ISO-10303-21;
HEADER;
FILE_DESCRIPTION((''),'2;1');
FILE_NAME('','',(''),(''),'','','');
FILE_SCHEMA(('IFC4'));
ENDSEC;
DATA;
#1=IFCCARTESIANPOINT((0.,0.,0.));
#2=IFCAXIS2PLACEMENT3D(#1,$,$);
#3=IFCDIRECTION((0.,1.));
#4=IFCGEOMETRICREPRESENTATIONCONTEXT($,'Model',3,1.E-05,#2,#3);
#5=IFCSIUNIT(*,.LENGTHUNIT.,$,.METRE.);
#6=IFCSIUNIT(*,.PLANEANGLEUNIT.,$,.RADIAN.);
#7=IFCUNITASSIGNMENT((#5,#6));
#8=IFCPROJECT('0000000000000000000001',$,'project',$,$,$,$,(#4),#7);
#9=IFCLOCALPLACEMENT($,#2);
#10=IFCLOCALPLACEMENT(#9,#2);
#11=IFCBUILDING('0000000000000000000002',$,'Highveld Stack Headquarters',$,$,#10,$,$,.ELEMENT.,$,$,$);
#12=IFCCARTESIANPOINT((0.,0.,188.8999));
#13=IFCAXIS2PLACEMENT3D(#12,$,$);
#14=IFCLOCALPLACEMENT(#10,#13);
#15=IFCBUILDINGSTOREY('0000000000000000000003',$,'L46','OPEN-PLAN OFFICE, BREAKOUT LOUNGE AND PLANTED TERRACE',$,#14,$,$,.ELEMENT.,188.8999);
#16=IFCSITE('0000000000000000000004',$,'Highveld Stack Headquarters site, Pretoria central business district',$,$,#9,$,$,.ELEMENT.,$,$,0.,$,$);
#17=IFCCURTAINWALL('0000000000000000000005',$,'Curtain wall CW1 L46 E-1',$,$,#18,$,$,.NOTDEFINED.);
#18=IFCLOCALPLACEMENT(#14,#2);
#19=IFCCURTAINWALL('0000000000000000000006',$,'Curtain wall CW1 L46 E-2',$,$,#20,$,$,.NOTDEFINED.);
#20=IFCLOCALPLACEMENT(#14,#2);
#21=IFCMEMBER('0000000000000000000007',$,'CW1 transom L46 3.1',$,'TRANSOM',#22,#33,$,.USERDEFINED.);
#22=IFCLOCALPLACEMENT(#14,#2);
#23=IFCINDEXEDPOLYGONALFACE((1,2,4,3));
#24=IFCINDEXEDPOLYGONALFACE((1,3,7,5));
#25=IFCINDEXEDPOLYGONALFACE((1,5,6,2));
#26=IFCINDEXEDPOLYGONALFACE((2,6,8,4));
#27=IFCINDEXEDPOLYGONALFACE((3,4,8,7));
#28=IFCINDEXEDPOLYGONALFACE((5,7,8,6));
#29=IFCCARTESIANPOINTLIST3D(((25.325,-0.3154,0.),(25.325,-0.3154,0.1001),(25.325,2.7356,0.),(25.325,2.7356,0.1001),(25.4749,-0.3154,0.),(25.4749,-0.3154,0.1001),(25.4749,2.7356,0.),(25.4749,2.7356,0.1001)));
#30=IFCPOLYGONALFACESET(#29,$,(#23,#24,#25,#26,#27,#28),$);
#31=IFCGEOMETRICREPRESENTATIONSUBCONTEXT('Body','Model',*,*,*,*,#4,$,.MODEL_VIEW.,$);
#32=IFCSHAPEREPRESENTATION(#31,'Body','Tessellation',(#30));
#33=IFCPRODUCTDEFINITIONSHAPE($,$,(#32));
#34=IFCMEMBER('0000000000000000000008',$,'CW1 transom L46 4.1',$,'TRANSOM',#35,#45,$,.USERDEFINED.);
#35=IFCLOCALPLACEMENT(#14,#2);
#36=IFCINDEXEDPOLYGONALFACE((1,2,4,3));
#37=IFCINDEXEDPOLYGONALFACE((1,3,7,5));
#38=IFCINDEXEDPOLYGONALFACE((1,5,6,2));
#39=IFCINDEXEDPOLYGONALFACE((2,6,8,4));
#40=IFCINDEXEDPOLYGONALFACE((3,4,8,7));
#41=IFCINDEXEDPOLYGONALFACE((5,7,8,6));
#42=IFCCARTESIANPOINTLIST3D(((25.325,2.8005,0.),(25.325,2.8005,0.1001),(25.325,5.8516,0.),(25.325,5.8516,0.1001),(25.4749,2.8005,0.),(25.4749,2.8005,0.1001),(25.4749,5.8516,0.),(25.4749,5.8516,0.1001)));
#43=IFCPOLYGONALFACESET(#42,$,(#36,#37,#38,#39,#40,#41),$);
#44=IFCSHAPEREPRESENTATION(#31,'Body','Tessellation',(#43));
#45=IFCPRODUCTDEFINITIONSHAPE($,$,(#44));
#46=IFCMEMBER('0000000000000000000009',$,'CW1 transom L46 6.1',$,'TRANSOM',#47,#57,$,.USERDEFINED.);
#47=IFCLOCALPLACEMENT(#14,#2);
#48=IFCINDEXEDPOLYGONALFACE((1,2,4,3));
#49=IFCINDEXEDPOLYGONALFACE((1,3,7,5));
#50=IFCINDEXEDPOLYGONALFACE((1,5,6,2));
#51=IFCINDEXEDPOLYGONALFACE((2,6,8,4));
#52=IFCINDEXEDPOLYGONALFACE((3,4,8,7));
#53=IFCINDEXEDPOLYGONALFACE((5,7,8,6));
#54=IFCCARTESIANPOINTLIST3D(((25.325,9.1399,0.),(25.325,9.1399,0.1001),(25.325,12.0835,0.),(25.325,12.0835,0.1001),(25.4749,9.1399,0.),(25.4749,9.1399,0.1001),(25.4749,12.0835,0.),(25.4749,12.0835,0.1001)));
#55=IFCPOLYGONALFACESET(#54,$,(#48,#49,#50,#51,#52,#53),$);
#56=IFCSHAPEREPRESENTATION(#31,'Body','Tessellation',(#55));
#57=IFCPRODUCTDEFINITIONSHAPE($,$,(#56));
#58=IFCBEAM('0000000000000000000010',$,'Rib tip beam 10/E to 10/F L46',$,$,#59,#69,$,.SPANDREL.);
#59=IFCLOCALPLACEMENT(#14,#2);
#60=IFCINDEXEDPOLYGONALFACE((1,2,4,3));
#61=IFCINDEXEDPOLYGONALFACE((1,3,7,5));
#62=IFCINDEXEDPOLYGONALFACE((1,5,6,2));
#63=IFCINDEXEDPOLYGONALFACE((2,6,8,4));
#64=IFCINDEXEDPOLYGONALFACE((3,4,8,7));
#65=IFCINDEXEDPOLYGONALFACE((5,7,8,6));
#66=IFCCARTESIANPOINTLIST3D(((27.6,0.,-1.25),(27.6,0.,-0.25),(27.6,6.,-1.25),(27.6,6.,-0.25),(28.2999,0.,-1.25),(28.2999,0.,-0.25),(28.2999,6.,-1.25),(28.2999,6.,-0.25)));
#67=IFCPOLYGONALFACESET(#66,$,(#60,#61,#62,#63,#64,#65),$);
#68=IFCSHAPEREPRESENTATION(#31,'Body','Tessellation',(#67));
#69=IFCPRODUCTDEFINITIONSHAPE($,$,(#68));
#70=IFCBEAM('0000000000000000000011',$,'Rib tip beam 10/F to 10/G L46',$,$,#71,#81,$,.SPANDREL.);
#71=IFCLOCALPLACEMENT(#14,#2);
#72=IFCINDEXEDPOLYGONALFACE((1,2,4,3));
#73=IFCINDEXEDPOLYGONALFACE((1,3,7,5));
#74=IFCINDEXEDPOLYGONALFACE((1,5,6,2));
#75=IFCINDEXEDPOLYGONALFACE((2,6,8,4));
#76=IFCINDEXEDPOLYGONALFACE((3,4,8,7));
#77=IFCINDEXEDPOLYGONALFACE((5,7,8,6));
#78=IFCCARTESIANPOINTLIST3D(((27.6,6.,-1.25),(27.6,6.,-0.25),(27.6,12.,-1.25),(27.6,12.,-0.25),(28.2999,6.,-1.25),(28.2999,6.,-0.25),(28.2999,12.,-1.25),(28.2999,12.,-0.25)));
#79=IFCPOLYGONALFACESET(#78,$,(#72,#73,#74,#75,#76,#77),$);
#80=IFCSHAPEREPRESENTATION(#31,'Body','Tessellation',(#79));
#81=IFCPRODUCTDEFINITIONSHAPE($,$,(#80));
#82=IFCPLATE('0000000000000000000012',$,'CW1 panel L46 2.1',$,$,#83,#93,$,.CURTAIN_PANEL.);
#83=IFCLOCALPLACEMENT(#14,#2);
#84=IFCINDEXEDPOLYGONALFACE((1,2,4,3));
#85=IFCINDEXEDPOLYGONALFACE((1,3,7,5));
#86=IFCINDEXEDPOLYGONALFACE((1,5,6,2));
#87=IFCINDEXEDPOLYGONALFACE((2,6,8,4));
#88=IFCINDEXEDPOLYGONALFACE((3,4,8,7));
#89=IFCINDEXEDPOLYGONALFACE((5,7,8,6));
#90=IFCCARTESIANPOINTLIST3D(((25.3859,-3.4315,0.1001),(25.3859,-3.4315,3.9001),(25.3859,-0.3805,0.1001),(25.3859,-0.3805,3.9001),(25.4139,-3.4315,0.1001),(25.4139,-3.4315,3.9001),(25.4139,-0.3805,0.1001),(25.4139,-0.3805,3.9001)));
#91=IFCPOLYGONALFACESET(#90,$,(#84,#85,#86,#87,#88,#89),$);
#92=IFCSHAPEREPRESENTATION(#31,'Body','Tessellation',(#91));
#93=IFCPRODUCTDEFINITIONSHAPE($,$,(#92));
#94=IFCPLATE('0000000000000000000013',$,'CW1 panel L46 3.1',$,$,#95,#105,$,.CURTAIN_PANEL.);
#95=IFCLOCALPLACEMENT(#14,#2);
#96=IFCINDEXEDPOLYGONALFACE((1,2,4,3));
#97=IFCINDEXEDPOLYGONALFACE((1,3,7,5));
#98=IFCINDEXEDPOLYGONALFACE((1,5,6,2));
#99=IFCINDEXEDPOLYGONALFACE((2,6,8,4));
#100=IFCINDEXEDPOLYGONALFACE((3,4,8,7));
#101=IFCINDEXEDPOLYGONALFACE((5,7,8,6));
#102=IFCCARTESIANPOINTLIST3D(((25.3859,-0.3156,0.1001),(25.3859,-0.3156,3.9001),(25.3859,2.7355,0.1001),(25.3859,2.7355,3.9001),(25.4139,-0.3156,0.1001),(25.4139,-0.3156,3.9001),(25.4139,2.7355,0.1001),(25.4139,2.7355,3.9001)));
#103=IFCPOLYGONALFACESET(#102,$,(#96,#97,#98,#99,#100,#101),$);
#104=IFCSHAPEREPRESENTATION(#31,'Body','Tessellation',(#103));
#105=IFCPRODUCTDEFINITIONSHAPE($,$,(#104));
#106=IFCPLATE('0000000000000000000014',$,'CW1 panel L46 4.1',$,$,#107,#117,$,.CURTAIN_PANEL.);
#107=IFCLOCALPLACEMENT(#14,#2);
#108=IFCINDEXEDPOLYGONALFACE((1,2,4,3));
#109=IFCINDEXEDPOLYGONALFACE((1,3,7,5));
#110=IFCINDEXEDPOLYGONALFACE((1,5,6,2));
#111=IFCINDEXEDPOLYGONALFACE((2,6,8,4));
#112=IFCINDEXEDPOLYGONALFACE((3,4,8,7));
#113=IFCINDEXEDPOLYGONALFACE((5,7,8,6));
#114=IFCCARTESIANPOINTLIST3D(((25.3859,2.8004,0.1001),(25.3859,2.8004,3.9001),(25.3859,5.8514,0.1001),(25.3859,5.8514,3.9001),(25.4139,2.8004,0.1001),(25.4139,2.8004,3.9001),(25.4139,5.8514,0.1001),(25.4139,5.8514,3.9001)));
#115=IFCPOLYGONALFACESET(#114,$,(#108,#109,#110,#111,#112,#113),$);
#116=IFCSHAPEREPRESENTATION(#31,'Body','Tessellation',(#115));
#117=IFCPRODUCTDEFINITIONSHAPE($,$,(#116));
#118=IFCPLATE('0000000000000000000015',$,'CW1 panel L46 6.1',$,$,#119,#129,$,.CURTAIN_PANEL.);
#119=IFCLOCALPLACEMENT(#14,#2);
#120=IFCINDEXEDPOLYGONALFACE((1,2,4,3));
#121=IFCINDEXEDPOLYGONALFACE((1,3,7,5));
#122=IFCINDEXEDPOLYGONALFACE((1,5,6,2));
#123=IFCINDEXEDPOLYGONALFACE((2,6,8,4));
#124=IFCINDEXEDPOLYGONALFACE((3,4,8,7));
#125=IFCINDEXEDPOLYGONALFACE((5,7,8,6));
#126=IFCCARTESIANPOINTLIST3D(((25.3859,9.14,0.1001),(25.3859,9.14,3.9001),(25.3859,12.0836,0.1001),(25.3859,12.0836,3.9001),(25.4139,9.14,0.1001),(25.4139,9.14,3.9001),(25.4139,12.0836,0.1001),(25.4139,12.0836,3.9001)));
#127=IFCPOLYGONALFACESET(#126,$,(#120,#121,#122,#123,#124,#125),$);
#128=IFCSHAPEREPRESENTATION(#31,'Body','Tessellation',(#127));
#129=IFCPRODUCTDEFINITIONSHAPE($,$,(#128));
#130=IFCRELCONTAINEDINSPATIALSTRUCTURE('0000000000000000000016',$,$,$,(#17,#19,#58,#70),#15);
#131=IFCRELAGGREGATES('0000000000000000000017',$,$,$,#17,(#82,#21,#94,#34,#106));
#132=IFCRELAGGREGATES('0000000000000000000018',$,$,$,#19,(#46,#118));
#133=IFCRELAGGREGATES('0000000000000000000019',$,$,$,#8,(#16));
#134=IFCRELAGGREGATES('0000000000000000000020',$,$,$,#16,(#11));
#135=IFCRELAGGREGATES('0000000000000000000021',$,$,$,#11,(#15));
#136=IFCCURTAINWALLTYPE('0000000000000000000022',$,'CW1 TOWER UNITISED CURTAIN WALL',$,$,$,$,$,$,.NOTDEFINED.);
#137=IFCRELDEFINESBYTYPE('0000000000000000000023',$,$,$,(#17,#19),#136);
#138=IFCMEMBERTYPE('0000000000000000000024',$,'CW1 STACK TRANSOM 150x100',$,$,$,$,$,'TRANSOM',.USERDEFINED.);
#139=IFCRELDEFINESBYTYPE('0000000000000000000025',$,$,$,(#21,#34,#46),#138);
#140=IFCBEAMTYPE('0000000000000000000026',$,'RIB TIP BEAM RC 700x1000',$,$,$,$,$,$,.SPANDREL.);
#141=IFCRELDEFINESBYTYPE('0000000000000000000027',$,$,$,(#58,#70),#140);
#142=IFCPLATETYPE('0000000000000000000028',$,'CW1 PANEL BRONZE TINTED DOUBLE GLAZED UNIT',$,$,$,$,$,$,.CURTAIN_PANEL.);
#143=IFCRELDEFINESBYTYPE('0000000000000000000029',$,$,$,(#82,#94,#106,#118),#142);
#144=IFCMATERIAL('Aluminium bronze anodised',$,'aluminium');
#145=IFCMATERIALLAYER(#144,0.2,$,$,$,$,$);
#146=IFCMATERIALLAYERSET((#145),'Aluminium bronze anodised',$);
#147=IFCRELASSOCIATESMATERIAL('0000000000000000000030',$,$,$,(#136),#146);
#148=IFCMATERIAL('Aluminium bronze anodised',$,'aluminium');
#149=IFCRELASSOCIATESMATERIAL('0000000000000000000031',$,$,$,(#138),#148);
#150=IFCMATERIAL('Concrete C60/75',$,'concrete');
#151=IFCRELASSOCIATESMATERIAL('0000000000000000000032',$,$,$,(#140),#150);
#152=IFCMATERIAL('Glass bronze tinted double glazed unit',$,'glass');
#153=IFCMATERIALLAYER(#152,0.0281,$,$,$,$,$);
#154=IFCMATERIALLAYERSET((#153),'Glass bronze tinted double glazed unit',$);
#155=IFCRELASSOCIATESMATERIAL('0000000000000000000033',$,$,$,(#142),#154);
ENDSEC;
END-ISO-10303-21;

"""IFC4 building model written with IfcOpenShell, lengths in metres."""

from ifc_helpers import new_model, si_unit, direction, frame, origin, origin_2d, place, context, subcontext, project, spatial, rectangle, extrude, material, layer, layer_set, material_profile, profile_set, type_object, element, aggregate, save


model = new_model("IFC4")

# Units and contexts
model_context = context("Model", 3, precision=1e-05, world=origin(), true_north=direction((0.0, 1.0)))
body_context = subcontext(model_context, "Body", "Model", "MODEL_VIEW")
ifc_project = project(units=[si_unit("LENGTHUNIT", "METRE"), si_unit("PLANEANGLEUNIT", "RADIAN")], contexts=[model_context])

# Site, building, storey
site_placement = place(None, origin())
site = spatial("IfcSite", under=ifc_project, at=site_placement, Name="Highveld Stack Headquarters site, Pretoria central business district", CompositionType="ELEMENT", RefElevation=0.0)
building_placement = place(site_placement, origin())
building = spatial("IfcBuilding", under=site, at=building_placement, Name="Highveld Stack Headquarters", CompositionType="ELEMENT")
storey_placement = place(building_placement, frame((0.0, 0.0, 188.8999)))
storey = spatial("IfcBuildingStorey", under=building, at=storey_placement, Name="L46", Description="OPEN-PLAN OFFICE, BREAKOUT LOUNGE AND PLANTED TERRACE", CompositionType="ELEMENT", Elevation=188.8999)

# Curtain wall
ifc_material_1 = material(Name="Aluminium bronze anodised", Category="aluminium")
ifc_layer_1 = layer(ifc_material_1, 0.2)
ifc_layer_set_1 = layer_set([ifc_layer_1], Name="Aluminium bronze anodised")
curtain_wall_type = type_object("IfcCurtainWallType", Name="CW1 TOWER UNITISED CURTAIN WALL", PredefinedType="NOTDEFINED", material=ifc_layer_set_1)
curtain_wall_1_placement = place(storey_placement, origin())
curtain_wall_1 = element("IfcCurtainWall", 1, at=curtain_wall_1_placement, inside=storey, type_object=curtain_wall_type, Name="Curtain wall CW1 L46 E-1", PredefinedType="NOTDEFINED")

# Curtain wall
curtain_wall_2_placement = place(storey_placement, origin())
curtain_wall_2 = element("IfcCurtainWall", 2, at=curtain_wall_2_placement, inside=storey, type_object=curtain_wall_type, Name="Curtain wall CW1 L46 E-2", PredefinedType="NOTDEFINED")

# Members
ifc_material_2 = material(Name="Aluminium bronze anodised", Category="aluminium")
ifc_material_profile_1 = material_profile(ifc_material_2, rectangle(XDim=0.1499, YDim=0.1001, at=origin_2d()), Name="CW1 TRANSOM 150x100")
ifc_profile_set_1 = profile_set([ifc_material_profile_1], Name="Aluminium bronze anodised")
member_type_1 = type_object("IfcMemberType", Name="CW1 STACK TRANSOM 150x100", ElementType="TRANSOM", PredefinedType="USERDEFINED", material=ifc_profile_set_1)
member_1_placement = place(storey_placement, frame((25.3999, -0.3154, 0.05), z_axis=(0.0, 1.0, 0.0), x_axis=(-1.0, 0.0, 0.0)))
member_1 = element("IfcMember", 3, at=member_1_placement, type_object=member_type_1, Name="CW1 transom L46 3.1", ObjectType="TRANSOM", PredefinedType="USERDEFINED", context=body_context, shape_type="SweptSolid", body=[
    extrude(rectangle(XDim=0.1499, YDim=0.1001, at=origin_2d()), origin(), (0.0, 0.0, 1.0), 3.051),
])
member_2_placement = place(storey_placement, frame((25.3999, 2.8005, 0.05), z_axis=(0.0, 1.0, 0.0), x_axis=(-1.0, 0.0, 0.0)))
member_2 = element("IfcMember", 4, at=member_2_placement, type_object=member_type_1, Name="CW1 transom L46 4.1", ObjectType="TRANSOM", PredefinedType="USERDEFINED", context=body_context, shape_type="SweptSolid", body=[
    extrude(rectangle(XDim=0.1499, YDim=0.1001, at=origin_2d()), origin(), (0.0, 0.0, 1.0), 3.051),
])
member_3_placement = place(storey_placement, frame((25.3999, 9.1399, 0.05), z_axis=(0.0, 1.0, 0.0), x_axis=(-1.0, 0.0, 0.0)))
member_3 = element("IfcMember", 5, at=member_3_placement, type_object=member_type_1, Name="CW1 transom L46 6.1", ObjectType="TRANSOM", PredefinedType="USERDEFINED", context=body_context, shape_type="SweptSolid", body=[
    extrude(rectangle(XDim=0.1499, YDim=0.1001, at=origin_2d()), origin(), (0.0, 0.0, 1.0), 2.9436),
])

# Beams
ifc_material_3 = material(Name="Concrete C60/75", Category="concrete")
ifc_material_profile_2 = material_profile(ifc_material_3, rectangle(XDim=0.7, YDim=1.0, at=origin_2d()), Name="RC 700x1000")
ifc_profile_set_2 = profile_set([ifc_material_profile_2], Name="Concrete C60/75")
beam_type_1 = type_object("IfcBeamType", Name="RIB TIP BEAM RC 700x1000", PredefinedType="SPANDREL", material=ifc_profile_set_2)
for number, where, z_axis, x_axis, name in (
    (6, (27.95, 0.0, -0.75), (0.0, 1.0, 0.0), (-1.0, 0.0, 0.0), "Rib tip beam 10/E to 10/F L46"),
    (7, (27.95, 6.0, -0.75), (0.0, 1.0, 0.0), (-1.0, 0.0, 0.0), "Rib tip beam 10/F to 10/G L46"),
):
    element("IfcBeam", number, at=place(storey_placement, frame(where, z_axis=z_axis, x_axis=x_axis)), inside=storey, type_object=beam_type_1, Name=name, PredefinedType="SPANDREL", context=body_context, shape_type="SweptSolid", body=[
        extrude(rectangle(XDim=0.7, YDim=1.0, at=origin_2d()), origin(), (0.0, 0.0, 1.0), 6.0),
    ])

# Plates
ifc_material_4 = material(Name="Glass bronze tinted double glazed unit", Category="glass")
ifc_layer_2 = layer(ifc_material_4, 0.0281)
ifc_layer_set_2 = layer_set([ifc_layer_2], Name="Glass bronze tinted double glazed unit")
plate_type = type_object("IfcPlateType", Name="CW1 PANEL BRONZE TINTED DOUBLE GLAZED UNIT", PredefinedType="CURTAIN_PANEL", material=ifc_layer_set_2)
plate_1_placement = place(storey_placement, frame((25.3999, -1.906, 0.1001), z_axis=(0.0, 0.0, 1.0), x_axis=(0.0, 1.0, 0.0)))
plate_1 = element("IfcPlate", 8, at=plate_1_placement, type_object=plate_type, Name="CW1 panel L46 2.1", PredefinedType="CURTAIN_PANEL", context=body_context, shape_type="SweptSolid", body=[
    extrude(rectangle(XDim=3.051, YDim=0.0281, at=origin_2d()), origin(), (0.0, 0.0, 1.0), 3.8),
])
plate_2_placement = place(storey_placement, frame((25.3999, 1.21, 0.1001), z_axis=(0.0, 0.0, 1.0), x_axis=(0.0, 1.0, 0.0)))
plate_2 = element("IfcPlate", 9, at=plate_2_placement, type_object=plate_type, Name="CW1 panel L46 3.1", PredefinedType="CURTAIN_PANEL", context=body_context, shape_type="SweptSolid", body=[
    extrude(rectangle(XDim=3.051, YDim=0.0281, at=origin_2d()), origin(), (0.0, 0.0, 1.0), 3.8),
])
plate_3_placement = place(storey_placement, frame((25.3999, 4.3259, 0.1001), z_axis=(0.0, 0.0, 1.0), x_axis=(0.0, 1.0, 0.0)))
plate_3 = element("IfcPlate", 10, at=plate_3_placement, type_object=plate_type, Name="CW1 panel L46 4.1", PredefinedType="CURTAIN_PANEL", context=body_context, shape_type="SweptSolid", body=[
    extrude(rectangle(XDim=3.051, YDim=0.0281, at=origin_2d()), origin(), (0.0, 0.0, 1.0), 3.8),
])
aggregate(curtain_wall_1, [plate_1, member_1, plate_2, member_2, plate_3])
plate_4_placement = place(storey_placement, frame((25.3999, 10.6118, 0.1001), z_axis=(0.0, 0.0, 1.0), x_axis=(0.0, 1.0, 0.0)))
plate_4 = element("IfcPlate", 11, at=plate_4_placement, type_object=plate_type, Name="CW1 panel L46 6.1", PredefinedType="CURTAIN_PANEL", context=body_context, shape_type="SweptSolid", body=[
    extrude(rectangle(XDim=2.9436, YDim=0.0281, at=origin_2d()), origin(), (0.0, 0.0, 1.0), 3.8),
])
aggregate(curtain_wall_2, [member_3, plate_4])

save(model, "model.ifc")
